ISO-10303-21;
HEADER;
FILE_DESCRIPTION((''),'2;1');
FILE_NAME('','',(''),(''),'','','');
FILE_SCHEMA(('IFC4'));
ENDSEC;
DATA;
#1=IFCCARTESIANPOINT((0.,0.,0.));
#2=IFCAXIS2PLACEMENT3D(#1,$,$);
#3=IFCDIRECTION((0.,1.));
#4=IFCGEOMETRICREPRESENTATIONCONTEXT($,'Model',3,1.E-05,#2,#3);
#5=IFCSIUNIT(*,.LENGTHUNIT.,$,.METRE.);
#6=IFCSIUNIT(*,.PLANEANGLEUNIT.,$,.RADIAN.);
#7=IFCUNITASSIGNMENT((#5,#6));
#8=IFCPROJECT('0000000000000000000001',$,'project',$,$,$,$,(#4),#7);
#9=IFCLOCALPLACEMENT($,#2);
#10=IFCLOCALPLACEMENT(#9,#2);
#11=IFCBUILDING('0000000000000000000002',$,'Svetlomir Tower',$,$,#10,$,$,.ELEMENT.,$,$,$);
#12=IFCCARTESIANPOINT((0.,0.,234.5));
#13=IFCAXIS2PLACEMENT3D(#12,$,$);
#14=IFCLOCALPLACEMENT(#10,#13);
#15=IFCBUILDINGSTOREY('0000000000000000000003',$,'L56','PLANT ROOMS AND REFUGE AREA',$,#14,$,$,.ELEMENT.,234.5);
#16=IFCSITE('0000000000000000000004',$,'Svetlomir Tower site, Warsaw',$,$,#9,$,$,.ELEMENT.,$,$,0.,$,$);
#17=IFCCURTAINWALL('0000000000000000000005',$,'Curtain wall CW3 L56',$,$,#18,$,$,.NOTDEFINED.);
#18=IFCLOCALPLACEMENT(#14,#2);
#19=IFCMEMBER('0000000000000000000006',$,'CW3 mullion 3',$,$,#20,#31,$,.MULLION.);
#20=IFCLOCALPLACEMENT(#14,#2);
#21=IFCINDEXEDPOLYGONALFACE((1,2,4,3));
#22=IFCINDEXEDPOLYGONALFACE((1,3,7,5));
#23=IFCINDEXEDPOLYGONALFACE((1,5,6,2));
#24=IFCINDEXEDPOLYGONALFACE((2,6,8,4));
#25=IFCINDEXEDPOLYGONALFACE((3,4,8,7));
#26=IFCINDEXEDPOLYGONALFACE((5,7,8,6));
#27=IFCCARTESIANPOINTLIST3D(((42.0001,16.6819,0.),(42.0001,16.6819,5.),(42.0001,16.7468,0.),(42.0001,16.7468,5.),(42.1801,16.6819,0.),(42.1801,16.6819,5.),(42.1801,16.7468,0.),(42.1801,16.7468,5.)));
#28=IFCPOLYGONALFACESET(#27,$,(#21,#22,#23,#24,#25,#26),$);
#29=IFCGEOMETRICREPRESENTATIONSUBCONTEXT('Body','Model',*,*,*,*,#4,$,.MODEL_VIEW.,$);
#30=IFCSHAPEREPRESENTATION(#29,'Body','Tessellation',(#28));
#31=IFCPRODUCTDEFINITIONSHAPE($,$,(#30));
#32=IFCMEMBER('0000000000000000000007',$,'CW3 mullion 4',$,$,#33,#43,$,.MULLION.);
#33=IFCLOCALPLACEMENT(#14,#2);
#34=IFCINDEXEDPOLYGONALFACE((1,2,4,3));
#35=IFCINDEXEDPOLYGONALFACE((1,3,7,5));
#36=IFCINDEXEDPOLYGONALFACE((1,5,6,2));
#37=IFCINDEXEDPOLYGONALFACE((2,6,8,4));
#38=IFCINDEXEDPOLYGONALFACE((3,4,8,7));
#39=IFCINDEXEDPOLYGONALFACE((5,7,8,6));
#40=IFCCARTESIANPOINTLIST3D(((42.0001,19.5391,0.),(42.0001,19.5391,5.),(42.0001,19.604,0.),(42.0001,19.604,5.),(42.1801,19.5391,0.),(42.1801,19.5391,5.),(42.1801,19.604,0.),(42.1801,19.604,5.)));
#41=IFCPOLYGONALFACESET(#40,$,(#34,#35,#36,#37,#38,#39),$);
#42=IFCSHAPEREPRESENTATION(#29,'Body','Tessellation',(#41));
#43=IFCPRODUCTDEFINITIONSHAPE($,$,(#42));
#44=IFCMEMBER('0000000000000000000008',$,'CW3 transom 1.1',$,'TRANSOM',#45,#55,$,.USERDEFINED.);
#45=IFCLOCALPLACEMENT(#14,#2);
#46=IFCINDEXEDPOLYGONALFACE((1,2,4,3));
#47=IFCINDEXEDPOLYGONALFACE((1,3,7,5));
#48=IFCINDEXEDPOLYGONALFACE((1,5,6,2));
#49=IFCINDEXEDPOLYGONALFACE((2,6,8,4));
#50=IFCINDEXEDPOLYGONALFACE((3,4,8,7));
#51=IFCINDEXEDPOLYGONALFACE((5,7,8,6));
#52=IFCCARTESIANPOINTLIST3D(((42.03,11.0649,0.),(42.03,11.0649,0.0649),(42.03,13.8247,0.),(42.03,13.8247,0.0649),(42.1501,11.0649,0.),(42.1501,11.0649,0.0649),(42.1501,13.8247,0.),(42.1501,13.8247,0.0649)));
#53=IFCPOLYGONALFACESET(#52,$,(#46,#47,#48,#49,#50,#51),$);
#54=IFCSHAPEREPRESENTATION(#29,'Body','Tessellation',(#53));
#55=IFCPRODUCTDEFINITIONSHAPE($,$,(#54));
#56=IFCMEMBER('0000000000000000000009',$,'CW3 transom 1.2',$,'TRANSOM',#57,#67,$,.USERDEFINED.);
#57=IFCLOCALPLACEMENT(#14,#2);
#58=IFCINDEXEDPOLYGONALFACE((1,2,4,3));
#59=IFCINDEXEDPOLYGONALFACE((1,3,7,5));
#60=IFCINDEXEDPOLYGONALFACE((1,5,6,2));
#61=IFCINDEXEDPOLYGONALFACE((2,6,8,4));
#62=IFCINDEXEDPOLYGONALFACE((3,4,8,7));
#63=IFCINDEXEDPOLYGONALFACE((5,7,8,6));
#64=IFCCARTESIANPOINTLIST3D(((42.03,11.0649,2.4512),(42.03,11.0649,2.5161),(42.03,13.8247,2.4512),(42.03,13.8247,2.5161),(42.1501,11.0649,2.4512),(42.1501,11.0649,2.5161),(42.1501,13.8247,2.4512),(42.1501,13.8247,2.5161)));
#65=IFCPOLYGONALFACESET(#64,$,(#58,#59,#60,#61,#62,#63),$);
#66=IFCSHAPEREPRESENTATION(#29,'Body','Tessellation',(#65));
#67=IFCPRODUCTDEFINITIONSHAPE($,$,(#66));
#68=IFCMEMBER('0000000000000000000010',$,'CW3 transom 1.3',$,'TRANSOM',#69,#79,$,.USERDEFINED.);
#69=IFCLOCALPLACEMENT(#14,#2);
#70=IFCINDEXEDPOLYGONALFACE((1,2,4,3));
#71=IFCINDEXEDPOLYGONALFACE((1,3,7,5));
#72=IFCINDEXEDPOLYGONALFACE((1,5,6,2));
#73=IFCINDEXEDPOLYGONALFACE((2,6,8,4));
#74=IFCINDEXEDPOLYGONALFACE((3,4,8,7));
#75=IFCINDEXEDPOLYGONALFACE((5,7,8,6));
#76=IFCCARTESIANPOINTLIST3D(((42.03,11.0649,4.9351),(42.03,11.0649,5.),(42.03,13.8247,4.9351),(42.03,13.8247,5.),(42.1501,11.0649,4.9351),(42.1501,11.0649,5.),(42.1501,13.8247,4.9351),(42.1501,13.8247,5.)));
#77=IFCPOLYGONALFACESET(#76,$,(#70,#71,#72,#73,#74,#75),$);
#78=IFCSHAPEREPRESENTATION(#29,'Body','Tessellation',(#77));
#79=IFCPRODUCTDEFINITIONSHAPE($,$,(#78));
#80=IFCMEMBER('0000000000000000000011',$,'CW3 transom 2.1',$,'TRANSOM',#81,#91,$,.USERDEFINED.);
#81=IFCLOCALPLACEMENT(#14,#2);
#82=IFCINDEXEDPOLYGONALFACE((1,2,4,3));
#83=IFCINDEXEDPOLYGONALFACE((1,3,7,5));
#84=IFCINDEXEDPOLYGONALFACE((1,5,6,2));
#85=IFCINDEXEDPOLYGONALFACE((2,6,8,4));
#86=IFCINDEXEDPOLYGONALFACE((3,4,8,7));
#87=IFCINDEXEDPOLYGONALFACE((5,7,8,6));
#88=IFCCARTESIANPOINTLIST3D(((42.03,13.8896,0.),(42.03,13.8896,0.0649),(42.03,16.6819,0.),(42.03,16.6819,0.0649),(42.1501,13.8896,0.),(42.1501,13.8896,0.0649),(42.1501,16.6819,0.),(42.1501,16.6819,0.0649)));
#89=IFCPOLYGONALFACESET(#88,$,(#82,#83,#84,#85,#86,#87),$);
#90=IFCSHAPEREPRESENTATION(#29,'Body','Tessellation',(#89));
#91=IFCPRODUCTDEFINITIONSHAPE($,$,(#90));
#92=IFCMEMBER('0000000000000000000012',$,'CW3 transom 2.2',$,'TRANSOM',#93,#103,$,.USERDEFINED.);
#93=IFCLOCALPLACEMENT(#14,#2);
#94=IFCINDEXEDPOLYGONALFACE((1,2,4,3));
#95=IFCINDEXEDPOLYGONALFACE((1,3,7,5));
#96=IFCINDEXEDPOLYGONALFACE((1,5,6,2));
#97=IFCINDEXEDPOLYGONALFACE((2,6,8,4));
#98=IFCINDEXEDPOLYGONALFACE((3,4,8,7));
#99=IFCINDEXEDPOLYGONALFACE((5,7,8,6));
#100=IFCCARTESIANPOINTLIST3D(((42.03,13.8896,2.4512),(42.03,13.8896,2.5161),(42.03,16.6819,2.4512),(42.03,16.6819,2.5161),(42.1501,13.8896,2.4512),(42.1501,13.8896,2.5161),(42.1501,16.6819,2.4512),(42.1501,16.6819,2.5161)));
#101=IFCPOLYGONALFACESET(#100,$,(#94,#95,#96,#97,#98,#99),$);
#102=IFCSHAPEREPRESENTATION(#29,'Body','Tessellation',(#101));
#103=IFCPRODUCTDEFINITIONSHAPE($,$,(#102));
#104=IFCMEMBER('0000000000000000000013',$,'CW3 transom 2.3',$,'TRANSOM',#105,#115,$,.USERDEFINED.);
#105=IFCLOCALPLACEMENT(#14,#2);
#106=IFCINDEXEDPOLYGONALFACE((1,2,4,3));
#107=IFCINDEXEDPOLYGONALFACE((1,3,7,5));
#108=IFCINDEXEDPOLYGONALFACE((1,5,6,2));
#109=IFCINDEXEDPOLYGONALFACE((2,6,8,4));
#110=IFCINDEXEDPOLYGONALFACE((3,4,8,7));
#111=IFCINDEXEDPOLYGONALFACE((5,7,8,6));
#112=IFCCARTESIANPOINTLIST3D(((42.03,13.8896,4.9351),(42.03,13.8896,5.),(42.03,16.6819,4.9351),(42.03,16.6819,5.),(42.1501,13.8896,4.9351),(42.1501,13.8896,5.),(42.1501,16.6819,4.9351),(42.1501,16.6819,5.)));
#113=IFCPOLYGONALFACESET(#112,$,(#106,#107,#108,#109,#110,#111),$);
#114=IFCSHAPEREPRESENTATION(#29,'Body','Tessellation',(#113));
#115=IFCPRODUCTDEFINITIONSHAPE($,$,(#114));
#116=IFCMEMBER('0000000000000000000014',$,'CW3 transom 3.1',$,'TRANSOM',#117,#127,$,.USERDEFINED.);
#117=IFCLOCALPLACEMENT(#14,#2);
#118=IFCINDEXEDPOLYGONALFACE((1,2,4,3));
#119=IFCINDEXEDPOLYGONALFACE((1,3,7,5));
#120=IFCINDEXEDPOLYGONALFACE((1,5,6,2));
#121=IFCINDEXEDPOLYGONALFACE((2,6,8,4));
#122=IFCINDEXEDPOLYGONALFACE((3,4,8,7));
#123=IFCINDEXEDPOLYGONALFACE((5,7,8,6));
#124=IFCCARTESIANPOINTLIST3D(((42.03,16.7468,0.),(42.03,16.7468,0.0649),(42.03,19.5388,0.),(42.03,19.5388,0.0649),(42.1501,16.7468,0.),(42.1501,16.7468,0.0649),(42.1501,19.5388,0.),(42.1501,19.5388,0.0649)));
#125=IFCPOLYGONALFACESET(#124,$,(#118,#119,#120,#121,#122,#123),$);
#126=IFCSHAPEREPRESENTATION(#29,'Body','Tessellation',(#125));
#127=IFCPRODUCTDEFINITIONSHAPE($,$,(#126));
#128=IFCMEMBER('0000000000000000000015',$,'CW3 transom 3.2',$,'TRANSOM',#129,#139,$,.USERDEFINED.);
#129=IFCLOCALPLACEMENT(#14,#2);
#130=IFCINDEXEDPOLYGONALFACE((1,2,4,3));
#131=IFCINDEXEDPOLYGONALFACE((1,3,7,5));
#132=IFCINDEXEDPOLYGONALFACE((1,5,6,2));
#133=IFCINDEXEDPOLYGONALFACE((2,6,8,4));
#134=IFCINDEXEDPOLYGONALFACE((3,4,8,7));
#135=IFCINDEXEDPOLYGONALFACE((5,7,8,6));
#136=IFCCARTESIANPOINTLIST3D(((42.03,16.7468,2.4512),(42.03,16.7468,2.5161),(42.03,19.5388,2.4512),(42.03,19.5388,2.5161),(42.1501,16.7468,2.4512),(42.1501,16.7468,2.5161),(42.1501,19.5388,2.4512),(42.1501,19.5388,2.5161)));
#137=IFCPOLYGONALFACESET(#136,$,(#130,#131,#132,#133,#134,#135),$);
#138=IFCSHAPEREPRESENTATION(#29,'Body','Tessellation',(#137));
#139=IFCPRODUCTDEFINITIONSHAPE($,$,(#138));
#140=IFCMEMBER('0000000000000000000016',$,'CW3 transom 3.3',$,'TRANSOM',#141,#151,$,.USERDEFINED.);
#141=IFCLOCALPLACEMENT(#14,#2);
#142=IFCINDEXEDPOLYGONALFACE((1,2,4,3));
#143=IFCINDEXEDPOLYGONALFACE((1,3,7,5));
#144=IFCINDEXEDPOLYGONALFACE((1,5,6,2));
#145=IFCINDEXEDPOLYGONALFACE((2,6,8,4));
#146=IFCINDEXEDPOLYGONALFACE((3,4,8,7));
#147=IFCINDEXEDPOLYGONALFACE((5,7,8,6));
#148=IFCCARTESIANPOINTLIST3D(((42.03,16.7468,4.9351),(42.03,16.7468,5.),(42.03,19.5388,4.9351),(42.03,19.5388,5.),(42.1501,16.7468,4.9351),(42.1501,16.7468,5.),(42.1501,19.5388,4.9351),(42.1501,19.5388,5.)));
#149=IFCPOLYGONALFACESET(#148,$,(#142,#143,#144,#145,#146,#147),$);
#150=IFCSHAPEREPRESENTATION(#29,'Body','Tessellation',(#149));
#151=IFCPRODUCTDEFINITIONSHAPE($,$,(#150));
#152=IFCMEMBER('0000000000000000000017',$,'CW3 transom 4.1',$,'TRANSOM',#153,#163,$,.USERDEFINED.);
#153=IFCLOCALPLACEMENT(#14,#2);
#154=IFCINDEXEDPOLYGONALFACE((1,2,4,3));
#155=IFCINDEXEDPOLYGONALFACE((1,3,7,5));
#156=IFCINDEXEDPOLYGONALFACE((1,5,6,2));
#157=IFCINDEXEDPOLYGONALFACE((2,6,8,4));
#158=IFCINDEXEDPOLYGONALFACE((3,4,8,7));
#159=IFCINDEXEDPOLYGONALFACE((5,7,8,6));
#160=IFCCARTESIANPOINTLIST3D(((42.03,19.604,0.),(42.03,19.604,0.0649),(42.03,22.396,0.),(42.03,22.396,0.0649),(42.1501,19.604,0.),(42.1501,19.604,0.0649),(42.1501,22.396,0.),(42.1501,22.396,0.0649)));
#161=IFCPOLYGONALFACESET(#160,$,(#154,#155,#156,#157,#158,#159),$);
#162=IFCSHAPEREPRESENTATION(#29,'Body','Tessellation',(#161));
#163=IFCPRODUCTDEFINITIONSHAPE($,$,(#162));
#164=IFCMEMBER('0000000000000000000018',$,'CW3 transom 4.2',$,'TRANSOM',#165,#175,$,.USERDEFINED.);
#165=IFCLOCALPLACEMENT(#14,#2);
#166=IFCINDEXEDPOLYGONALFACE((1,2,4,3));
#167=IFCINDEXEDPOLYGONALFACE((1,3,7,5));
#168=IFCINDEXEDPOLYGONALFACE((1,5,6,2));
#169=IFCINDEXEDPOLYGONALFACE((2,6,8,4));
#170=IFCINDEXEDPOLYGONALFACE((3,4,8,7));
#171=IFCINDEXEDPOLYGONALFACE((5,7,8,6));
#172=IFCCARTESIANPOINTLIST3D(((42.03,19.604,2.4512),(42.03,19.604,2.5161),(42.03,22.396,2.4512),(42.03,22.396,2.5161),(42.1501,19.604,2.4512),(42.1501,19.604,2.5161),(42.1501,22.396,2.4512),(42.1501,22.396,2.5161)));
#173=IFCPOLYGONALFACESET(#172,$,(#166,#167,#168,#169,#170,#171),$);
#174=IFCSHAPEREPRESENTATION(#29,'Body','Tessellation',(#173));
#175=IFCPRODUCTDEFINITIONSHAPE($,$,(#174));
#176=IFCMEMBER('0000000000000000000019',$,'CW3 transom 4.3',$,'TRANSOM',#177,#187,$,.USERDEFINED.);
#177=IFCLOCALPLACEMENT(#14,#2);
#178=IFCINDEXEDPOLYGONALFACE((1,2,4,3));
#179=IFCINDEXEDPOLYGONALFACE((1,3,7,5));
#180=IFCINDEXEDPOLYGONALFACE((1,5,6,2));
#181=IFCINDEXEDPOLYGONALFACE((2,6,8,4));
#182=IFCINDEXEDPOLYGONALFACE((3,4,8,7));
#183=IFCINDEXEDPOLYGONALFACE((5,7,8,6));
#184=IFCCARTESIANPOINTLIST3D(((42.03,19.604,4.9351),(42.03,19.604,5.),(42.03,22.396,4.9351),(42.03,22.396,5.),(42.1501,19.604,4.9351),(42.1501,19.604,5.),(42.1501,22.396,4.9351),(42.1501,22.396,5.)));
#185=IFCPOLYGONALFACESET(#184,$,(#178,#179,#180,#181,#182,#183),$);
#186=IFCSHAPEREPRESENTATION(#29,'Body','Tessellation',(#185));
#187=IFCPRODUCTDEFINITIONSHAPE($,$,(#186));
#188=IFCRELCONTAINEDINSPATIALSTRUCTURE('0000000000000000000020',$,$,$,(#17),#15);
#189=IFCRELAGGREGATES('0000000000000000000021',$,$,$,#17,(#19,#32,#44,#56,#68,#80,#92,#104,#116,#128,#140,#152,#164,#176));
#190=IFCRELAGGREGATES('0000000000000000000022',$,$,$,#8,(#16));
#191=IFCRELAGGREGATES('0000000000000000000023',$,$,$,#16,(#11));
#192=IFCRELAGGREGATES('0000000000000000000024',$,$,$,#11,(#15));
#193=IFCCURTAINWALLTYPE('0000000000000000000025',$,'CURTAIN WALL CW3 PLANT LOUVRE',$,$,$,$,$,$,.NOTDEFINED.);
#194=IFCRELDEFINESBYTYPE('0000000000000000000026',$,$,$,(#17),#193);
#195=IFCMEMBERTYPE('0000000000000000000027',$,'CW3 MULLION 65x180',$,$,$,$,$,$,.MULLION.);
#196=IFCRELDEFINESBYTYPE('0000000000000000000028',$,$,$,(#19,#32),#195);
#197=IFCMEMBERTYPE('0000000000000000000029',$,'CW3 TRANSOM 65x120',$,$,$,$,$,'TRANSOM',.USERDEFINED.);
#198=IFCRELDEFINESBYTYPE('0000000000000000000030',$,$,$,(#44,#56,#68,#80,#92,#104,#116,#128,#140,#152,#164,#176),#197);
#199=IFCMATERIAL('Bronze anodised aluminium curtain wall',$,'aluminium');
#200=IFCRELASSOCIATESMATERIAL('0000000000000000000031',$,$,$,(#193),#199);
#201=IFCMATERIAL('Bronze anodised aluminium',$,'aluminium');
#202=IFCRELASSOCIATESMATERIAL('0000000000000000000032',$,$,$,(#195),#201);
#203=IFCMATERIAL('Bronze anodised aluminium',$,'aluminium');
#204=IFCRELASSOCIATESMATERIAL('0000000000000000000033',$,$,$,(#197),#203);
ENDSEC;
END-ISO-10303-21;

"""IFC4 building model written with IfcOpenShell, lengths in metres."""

from ifc_helpers import new_model, si_unit, direction, frame, origin, origin_2d, place, context, subcontext, project, spatial, rectangle, extrude, material, material_profile, profile_set, type_object, element, aggregate, save


model = new_model("IFC4")

# Units and contexts
model_context = context("Model", 3, precision=1e-05, world=origin(), true_north=direction((0.0, 1.0)))
body_context = subcontext(model_context, "Body", "Model", "MODEL_VIEW")
ifc_project = project(units=[si_unit("LENGTHUNIT", "METRE"), si_unit("PLANEANGLEUNIT", "RADIAN")], contexts=[model_context])

# Site, building, storey
site_placement = place(None, origin())
site = spatial("IfcSite", under=ifc_project, at=site_placement, Name="Svetlomir Tower site, Warsaw", CompositionType="ELEMENT", RefElevation=0.0)
building_placement = place(site_placement, origin())
building = spatial("IfcBuilding", under=site, at=building_placement, Name="Svetlomir Tower", CompositionType="ELEMENT")
storey_placement = place(building_placement, frame((0.0, 0.0, 234.5)))
storey = spatial("IfcBuildingStorey", under=building, at=storey_placement, Name="L56", Description="PLANT ROOMS AND REFUGE AREA", CompositionType="ELEMENT", Elevation=234.5)

# Shared definitions
ifc_material_1 = material(Name="Bronze anodised aluminium curtain wall", Category="aluminium")
curtain_wall_type = type_object("IfcCurtainWallType", Name="CURTAIN WALL CW3 PLANT LOUVRE", PredefinedType="NOTDEFINED", material=ifc_material_1)
ifc_material_2 = material(Name="Bronze anodised aluminium", Category="aluminium")
ifc_material_profile_1 = material_profile(ifc_material_2, rectangle(XDim=0.0649, YDim=0.1799, at=origin_2d()), Name="AL 65x180")
ifc_profile_set_1 = profile_set([ifc_material_profile_1], Name="Bronze anodised aluminium 6063-T6")
member_type_1 = type_object("IfcMemberType", Name="CW3 MULLION 65x180", PredefinedType="MULLION", material=ifc_profile_set_1)

# Curtain wall, members
curtain_wall_1_placement = place(storey_placement, origin())
curtain_wall_1 = element("IfcCurtainWall", 1, at=curtain_wall_1_placement, inside=storey, type_object=curtain_wall_type, Name="Curtain wall CW3 L56", PredefinedType="NOTDEFINED")
member_1_placement = place(storey_placement, frame((42.0901, 16.7144, 0.0), z_axis=(0.0, 0.0, 1.0), x_axis=(0.0, 1.0, 0.0)))
member_1 = element("IfcMember", 2, at=member_1_placement, type_object=member_type_1, Name="CW3 mullion 3", PredefinedType="MULLION", context=body_context, shape_type="SweptSolid", body=[
    extrude(rectangle(XDim=0.0649, YDim=0.1799, at=origin_2d()), origin(), (0.0, 0.0, 1.0), 5.0),
])
member_2_placement = place(storey_placement, frame((42.0901, 19.5715, 0.0), z_axis=(0.0, 0.0, 1.0), x_axis=(0.0, 1.0, 0.0)))
member_2 = element("IfcMember", 3, at=member_2_placement, type_object=member_type_1, Name="CW3 mullion 4", PredefinedType="MULLION", context=body_context, shape_type="SweptSolid", body=[
    extrude(rectangle(XDim=0.0649, YDim=0.1799, at=origin_2d()), origin(), (0.0, 0.0, 1.0), 5.0),
])
ifc_material_3 = material(Name="Bronze anodised aluminium", Category="aluminium")
ifc_material_profile_2 = material_profile(ifc_material_3, rectangle(XDim=0.1201, YDim=0.0649, at=origin_2d()), Name="AL 120x65")
ifc_profile_set_2 = profile_set([ifc_material_profile_2], Name="Bronze anodised aluminium 6063-T6")
member_type_2 = type_object("IfcMemberType", Name="CW3 TRANSOM 65x120", ElementType="TRANSOM", PredefinedType="USERDEFINED", material=ifc_profile_set_2)
member_3_placement = place(storey_placement, frame((42.0901, 11.0649, 0.0325), z_axis=(0.0, 1.0, 0.0), x_axis=(-1.0, 0.0, 0.0)))
member_3 = element("IfcMember", 4, at=member_3_placement, type_object=member_type_2, Name="CW3 transom 1.1", ObjectType="TRANSOM", PredefinedType="USERDEFINED", context=body_context, shape_type="SweptSolid", body=[
    extrude(rectangle(XDim=0.1201, YDim=0.0649, at=origin_2d()), origin(), (0.0, 0.0, 1.0), 2.7598),
])
member_4_placement = place(storey_placement, frame((42.0901, 11.0649, 2.4836), z_axis=(0.0, 1.0, 0.0), x_axis=(-1.0, 0.0, 0.0)))
member_4 = element("IfcMember", 5, at=member_4_placement, type_object=member_type_2, Name="CW3 transom 1.2", ObjectType="TRANSOM", PredefinedType="USERDEFINED", context=body_context, shape_type="SweptSolid", body=[
    extrude(rectangle(XDim=0.1201, YDim=0.0649, at=origin_2d()), origin(), (0.0, 0.0, 1.0), 2.7598),
])
member_5_placement = place(storey_placement, frame((42.0901, 11.0649, 4.9675), z_axis=(0.0, 1.0, 0.0), x_axis=(-1.0, 0.0, 0.0)))
member_5 = element("IfcMember", 6, at=member_5_placement, type_object=member_type_2, Name="CW3 transom 1.3", ObjectType="TRANSOM", PredefinedType="USERDEFINED", context=body_context, shape_type="SweptSolid", body=[
    extrude(rectangle(XDim=0.1201, YDim=0.0649, at=origin_2d()), origin(), (0.0, 0.0, 1.0), 2.7598),
])
member_6_placement = place(storey_placement, frame((42.0901, 13.8896, 0.0325), z_axis=(0.0, 1.0, 0.0), x_axis=(-1.0, 0.0, 0.0)))
member_6 = element("IfcMember", 7, at=member_6_placement, type_object=member_type_2, Name="CW3 transom 2.1", ObjectType="TRANSOM", PredefinedType="USERDEFINED", context=body_context, shape_type="SweptSolid", body=[
    extrude(rectangle(XDim=0.1201, YDim=0.0649, at=origin_2d()), origin(), (0.0, 0.0, 1.0), 2.7922),
])
member_7_placement = place(storey_placement, frame((42.0901, 13.8896, 2.4836), z_axis=(0.0, 1.0, 0.0), x_axis=(-1.0, 0.0, 0.0)))
member_7 = element("IfcMember", 8, at=member_7_placement, type_object=member_type_2, Name="CW3 transom 2.2", ObjectType="TRANSOM", PredefinedType="USERDEFINED", context=body_context, shape_type="SweptSolid", body=[
    extrude(rectangle(XDim=0.1201, YDim=0.0649, at=origin_2d()), origin(), (0.0, 0.0, 1.0), 2.7922),
])
member_8_placement = place(storey_placement, frame((42.0901, 13.8896, 4.9675), z_axis=(0.0, 1.0, 0.0), x_axis=(-1.0, 0.0, 0.0)))
member_8 = element("IfcMember", 9, at=member_8_placement, type_object=member_type_2, Name="CW3 transom 2.3", ObjectType="TRANSOM", PredefinedType="USERDEFINED", context=body_context, shape_type="SweptSolid", body=[
    extrude(rectangle(XDim=0.1201, YDim=0.0649, at=origin_2d()), origin(), (0.0, 0.0, 1.0), 2.7922),
])
member_9_placement = place(storey_placement, frame((42.0901, 16.7468, 0.0325), z_axis=(0.0, 1.0, 0.0), x_axis=(-1.0, 0.0, 0.0)))
member_9 = element("IfcMember", 10, at=member_9_placement, type_object=member_type_2, Name="CW3 transom 3.1", ObjectType="TRANSOM", PredefinedType="USERDEFINED", context=body_context, shape_type="SweptSolid", body=[
    extrude(rectangle(XDim=0.1201, YDim=0.0649, at=origin_2d()), origin(), (0.0, 0.0, 1.0), 2.792),
])
member_10_placement = place(storey_placement, frame((42.0901, 16.7468, 2.4836), z_axis=(0.0, 1.0, 0.0), x_axis=(-1.0, 0.0, 0.0)))
member_10 = element("IfcMember", 11, at=member_10_placement, type_object=member_type_2, Name="CW3 transom 3.2", ObjectType="TRANSOM", PredefinedType="USERDEFINED", context=body_context, shape_type="SweptSolid", body=[
    extrude(rectangle(XDim=0.1201, YDim=0.0649, at=origin_2d()), origin(), (0.0, 0.0, 1.0), 2.792),
])
member_11_placement = place(storey_placement, frame((42.0901, 16.7468, 4.9675), z_axis=(0.0, 1.0, 0.0), x_axis=(-1.0, 0.0, 0.0)))
member_11 = element("IfcMember", 12, at=member_11_placement, type_object=member_type_2, Name="CW3 transom 3.3", ObjectType="TRANSOM", PredefinedType="USERDEFINED", context=body_context, shape_type="SweptSolid", body=[
    extrude(rectangle(XDim=0.1201, YDim=0.0649, at=origin_2d()), origin(), (0.0, 0.0, 1.0), 2.792),
])
member_12_placement = place(storey_placement, frame((42.0901, 19.604, 0.0325), z_axis=(0.0, 1.0, 0.0), x_axis=(-1.0, 0.0, 0.0)))
member_12 = element("IfcMember", 13, at=member_12_placement, type_object=member_type_2, Name="CW3 transom 4.1", ObjectType="TRANSOM", PredefinedType="USERDEFINED", context=body_context, shape_type="SweptSolid", body=[
    extrude(rectangle(XDim=0.1201, YDim=0.0649, at=origin_2d()), origin(), (0.0, 0.0, 1.0), 2.792),
])
member_13_placement = place(storey_placement, frame((42.0901, 19.604, 2.4836), z_axis=(0.0, 1.0, 0.0), x_axis=(-1.0, 0.0, 0.0)))
member_13 = element("IfcMember", 14, at=member_13_placement, type_object=member_type_2, Name="CW3 transom 4.2", ObjectType="TRANSOM", PredefinedType="USERDEFINED", context=body_context, shape_type="SweptSolid", body=[
    extrude(rectangle(XDim=0.1201, YDim=0.0649, at=origin_2d()), origin(), (0.0, 0.0, 1.0), 2.792),
])
member_14_placement = place(storey_placement, frame((42.0901, 19.604, 4.9675), z_axis=(0.0, 1.0, 0.0), x_axis=(-1.0, 0.0, 0.0)))
member_14 = element("IfcMember", 15, at=member_14_placement, type_object=member_type_2, Name="CW3 transom 4.3", ObjectType="TRANSOM", PredefinedType="USERDEFINED", context=body_context, shape_type="SweptSolid", body=[
    extrude(rectangle(XDim=0.1201, YDim=0.0649, at=origin_2d()), origin(), (0.0, 0.0, 1.0), 2.792),
])

aggregate(curtain_wall_1, [member_1, member_2, member_3, member_4, member_5, member_6, member_7, member_8, member_9, member_10, member_11, member_12, member_13, member_14])

save(model, "model.ifc")
